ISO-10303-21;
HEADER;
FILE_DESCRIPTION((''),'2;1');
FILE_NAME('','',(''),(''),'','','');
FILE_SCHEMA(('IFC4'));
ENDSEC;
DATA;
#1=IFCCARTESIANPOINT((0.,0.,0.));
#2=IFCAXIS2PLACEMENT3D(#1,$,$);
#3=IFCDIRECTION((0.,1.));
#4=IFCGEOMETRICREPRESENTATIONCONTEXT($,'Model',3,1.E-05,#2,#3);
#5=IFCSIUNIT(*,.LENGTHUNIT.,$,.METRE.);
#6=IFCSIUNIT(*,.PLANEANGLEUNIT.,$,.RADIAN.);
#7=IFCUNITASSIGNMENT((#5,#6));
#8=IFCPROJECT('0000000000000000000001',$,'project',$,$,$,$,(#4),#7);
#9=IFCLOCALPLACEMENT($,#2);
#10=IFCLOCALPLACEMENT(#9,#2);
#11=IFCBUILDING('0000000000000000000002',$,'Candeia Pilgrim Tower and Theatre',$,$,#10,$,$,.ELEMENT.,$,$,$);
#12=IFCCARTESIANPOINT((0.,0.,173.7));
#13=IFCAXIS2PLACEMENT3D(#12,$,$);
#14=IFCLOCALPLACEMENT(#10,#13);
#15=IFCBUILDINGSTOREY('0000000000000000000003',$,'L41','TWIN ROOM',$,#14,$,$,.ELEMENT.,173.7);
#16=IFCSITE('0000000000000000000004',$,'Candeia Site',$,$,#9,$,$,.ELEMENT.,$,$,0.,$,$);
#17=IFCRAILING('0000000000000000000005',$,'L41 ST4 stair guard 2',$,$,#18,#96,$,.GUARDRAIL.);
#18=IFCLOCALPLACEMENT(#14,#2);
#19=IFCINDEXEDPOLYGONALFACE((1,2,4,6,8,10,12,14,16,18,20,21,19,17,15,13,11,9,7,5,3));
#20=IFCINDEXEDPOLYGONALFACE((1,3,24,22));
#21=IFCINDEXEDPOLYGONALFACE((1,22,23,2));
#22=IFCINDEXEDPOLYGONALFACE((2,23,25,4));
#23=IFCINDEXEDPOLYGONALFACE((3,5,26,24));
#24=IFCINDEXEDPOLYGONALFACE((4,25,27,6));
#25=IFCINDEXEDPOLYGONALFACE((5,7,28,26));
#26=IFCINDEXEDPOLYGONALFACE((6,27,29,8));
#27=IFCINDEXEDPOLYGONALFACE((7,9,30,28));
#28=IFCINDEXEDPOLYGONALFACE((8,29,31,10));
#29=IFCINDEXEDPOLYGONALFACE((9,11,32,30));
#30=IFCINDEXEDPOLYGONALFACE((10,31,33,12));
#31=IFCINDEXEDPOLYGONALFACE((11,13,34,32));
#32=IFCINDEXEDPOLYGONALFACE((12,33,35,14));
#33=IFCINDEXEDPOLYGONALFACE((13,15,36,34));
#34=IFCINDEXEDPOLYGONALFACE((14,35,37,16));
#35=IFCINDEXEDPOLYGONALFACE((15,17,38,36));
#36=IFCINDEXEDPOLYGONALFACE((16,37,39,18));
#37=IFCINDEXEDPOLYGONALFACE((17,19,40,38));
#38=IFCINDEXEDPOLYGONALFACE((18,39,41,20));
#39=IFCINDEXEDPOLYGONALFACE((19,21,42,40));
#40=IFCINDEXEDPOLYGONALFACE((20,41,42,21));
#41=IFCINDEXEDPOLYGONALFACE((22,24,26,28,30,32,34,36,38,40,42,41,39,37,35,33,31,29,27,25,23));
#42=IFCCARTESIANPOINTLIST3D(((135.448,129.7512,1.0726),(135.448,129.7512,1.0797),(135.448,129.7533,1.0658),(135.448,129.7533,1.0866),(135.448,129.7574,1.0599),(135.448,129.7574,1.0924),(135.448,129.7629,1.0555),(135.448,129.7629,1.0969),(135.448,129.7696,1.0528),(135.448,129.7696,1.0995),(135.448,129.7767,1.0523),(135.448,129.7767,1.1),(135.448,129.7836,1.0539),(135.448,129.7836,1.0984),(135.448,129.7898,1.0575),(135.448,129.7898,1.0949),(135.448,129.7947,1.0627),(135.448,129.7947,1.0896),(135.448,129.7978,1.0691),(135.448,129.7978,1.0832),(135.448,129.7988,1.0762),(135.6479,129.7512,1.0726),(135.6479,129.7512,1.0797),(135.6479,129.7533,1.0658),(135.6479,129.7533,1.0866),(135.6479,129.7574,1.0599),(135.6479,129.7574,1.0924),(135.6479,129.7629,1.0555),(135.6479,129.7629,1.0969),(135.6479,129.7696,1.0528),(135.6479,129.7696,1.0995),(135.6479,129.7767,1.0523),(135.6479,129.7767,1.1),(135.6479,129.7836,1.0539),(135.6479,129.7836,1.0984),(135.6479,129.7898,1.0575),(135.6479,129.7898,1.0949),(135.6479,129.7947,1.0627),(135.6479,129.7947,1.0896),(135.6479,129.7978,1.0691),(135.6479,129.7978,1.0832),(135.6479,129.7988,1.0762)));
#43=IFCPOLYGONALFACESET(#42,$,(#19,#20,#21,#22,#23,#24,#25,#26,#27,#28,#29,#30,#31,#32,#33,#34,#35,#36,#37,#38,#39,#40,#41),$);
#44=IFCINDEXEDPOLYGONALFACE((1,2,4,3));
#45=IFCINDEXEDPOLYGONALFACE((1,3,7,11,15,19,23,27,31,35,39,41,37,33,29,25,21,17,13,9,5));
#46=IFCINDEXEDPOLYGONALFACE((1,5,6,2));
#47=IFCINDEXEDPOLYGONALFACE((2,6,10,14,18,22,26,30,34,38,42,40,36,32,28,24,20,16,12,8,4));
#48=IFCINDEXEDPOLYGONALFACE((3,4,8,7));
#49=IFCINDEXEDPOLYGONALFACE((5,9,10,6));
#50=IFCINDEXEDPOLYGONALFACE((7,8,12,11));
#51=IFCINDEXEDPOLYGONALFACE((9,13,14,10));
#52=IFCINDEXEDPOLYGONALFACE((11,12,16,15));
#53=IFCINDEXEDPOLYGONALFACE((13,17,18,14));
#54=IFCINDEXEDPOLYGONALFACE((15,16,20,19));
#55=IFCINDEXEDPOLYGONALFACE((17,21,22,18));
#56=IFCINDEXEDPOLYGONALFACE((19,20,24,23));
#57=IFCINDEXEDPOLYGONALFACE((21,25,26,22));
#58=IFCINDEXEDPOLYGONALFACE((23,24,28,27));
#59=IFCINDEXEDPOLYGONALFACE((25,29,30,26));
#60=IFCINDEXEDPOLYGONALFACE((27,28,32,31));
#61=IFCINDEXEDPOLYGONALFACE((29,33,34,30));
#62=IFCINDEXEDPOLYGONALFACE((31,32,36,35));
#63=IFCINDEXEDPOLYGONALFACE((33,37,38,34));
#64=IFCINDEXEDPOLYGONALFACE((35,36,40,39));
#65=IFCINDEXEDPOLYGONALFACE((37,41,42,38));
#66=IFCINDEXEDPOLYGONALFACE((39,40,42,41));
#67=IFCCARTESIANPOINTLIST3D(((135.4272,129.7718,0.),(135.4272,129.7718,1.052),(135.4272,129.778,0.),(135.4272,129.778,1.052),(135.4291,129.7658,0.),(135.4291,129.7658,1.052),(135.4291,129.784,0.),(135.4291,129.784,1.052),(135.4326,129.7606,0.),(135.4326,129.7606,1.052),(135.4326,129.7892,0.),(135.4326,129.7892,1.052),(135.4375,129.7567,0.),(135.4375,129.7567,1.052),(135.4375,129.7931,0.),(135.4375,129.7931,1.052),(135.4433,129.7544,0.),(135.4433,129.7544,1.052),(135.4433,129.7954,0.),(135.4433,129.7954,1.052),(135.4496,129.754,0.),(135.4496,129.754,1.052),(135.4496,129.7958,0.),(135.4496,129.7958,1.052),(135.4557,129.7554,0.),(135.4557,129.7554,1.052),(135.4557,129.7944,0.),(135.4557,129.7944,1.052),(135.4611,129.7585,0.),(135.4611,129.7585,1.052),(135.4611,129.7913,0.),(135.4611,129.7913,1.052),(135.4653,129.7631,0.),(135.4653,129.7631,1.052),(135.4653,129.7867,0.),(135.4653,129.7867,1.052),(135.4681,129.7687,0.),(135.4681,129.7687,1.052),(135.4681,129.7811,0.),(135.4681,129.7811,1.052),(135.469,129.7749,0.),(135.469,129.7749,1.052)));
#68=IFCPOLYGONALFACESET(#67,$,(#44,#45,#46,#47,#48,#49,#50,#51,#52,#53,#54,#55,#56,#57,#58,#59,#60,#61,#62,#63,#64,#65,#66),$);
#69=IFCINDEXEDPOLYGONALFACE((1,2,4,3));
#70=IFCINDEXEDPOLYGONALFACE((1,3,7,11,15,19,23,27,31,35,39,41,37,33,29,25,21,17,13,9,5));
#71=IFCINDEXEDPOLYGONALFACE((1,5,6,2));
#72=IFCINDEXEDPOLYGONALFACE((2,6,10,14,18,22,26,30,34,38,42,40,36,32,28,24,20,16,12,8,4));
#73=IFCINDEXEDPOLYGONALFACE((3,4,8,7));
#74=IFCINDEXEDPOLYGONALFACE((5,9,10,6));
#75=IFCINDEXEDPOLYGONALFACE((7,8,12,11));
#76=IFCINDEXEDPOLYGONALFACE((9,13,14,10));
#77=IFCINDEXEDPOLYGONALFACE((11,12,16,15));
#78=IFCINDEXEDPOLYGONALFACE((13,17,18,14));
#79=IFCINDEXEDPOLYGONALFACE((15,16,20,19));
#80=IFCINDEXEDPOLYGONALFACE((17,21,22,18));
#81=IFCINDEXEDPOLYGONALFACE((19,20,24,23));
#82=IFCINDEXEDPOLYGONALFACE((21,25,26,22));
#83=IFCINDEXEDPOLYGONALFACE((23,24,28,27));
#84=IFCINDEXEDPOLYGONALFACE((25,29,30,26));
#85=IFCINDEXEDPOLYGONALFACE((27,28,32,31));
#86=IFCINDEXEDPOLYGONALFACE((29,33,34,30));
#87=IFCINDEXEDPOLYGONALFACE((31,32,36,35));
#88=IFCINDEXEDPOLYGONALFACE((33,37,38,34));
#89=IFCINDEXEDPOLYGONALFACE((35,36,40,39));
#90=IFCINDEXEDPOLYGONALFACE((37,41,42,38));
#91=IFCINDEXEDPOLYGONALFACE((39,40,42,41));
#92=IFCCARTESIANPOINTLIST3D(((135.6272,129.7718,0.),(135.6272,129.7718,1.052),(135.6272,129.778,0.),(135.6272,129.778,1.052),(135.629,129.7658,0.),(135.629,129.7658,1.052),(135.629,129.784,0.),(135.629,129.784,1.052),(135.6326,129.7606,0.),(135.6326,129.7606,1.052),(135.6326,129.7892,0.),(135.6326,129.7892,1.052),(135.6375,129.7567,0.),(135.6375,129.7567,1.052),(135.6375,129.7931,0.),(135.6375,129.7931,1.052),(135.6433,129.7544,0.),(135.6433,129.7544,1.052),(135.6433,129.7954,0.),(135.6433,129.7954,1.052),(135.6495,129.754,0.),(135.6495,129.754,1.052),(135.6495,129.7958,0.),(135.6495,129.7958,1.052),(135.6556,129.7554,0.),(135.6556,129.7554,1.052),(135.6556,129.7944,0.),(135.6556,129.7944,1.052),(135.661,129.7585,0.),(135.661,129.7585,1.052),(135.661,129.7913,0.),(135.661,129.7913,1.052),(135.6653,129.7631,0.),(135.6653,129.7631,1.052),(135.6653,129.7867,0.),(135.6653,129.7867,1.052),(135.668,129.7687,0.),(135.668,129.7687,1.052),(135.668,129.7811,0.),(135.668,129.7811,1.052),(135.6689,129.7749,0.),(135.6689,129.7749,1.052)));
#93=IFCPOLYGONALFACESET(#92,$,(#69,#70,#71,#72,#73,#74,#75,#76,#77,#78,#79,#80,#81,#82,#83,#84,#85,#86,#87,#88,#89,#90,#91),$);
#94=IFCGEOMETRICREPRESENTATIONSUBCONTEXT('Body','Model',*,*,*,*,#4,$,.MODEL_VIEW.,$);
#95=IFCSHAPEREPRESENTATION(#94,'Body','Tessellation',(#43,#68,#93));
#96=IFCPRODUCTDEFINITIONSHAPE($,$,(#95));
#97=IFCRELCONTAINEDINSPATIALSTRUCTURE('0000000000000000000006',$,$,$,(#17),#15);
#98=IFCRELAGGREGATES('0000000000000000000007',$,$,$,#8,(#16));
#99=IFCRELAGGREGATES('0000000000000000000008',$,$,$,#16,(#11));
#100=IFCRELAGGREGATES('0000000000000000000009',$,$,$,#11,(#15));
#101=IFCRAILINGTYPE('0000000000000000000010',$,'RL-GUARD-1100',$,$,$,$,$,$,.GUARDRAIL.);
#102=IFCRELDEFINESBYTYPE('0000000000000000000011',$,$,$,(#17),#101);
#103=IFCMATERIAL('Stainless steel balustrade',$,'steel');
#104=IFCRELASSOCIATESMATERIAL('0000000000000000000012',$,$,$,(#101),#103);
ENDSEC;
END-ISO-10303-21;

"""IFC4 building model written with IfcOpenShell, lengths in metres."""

from ifc_helpers import new_model, si_unit, direction, frame, origin, origin_2d, place, context, subcontext, project, spatial, circle, extrude, material, type_object, element, save


model = new_model("IFC4")

# Units and contexts
model_context = context("Model", 3, precision=1e-05, world=origin(), true_north=direction((0.0, 1.0)))
body_context = subcontext(model_context, "Body", "Model", "MODEL_VIEW")
ifc_project = project(units=[si_unit("LENGTHUNIT", "METRE"), si_unit("PLANEANGLEUNIT", "RADIAN")], contexts=[model_context])

# Site, building, storey
site_placement = place(None, origin())
site = spatial("IfcSite", under=ifc_project, at=site_placement, Name="Candeia Site", CompositionType="ELEMENT", RefElevation=0.0)
building_placement = place(site_placement, origin())
building = spatial("IfcBuilding", under=site, at=building_placement, Name="Candeia Pilgrim Tower and Theatre", CompositionType="ELEMENT")
storey_placement = place(building_placement, frame((0.0, 0.0, 173.7)))
storey = spatial("IfcBuildingStorey", under=building, at=storey_placement, Name="L41", Description="TWIN ROOM", CompositionType="ELEMENT", Elevation=173.7)

# Railing
ifc_material_1 = material(Name="Stainless steel balustrade", Category="steel")
railing_type_1 = type_object("IfcRailingType", Name="RL-GUARD-1100", PredefinedType="GUARDRAIL", material=ifc_material_1)
railing_1_placement = place(storey_placement, frame((135.448, 129.7749, 0.0)))
element("IfcRailing", 1, at=railing_1_placement, inside=storey, type_object=railing_type_1, Name="L41 ST4 stair guard 2", PredefinedType="GUARDRAIL", context=body_context, shape_type="SweptSolid", body=[
    extrude(circle(Radius=0.0239, at=origin_2d()), frame((0.0, 0.0, 1.0762), z_axis=(1.0, 0.0, 0.0), x_axis=(0.0, 1.0, 0.0)), (0.0, 0.0, 1.0), 0.2),
    extrude(circle(Radius=0.021, at=origin_2d()), origin(), (0.0, 0.0, 1.0), 1.052),
    extrude(circle(Radius=0.021, at=origin_2d()), frame((0.2, 0.0, 0.0)), (0.0, 0.0, 1.0), 1.052),
])

save(model, "model.ifc")
